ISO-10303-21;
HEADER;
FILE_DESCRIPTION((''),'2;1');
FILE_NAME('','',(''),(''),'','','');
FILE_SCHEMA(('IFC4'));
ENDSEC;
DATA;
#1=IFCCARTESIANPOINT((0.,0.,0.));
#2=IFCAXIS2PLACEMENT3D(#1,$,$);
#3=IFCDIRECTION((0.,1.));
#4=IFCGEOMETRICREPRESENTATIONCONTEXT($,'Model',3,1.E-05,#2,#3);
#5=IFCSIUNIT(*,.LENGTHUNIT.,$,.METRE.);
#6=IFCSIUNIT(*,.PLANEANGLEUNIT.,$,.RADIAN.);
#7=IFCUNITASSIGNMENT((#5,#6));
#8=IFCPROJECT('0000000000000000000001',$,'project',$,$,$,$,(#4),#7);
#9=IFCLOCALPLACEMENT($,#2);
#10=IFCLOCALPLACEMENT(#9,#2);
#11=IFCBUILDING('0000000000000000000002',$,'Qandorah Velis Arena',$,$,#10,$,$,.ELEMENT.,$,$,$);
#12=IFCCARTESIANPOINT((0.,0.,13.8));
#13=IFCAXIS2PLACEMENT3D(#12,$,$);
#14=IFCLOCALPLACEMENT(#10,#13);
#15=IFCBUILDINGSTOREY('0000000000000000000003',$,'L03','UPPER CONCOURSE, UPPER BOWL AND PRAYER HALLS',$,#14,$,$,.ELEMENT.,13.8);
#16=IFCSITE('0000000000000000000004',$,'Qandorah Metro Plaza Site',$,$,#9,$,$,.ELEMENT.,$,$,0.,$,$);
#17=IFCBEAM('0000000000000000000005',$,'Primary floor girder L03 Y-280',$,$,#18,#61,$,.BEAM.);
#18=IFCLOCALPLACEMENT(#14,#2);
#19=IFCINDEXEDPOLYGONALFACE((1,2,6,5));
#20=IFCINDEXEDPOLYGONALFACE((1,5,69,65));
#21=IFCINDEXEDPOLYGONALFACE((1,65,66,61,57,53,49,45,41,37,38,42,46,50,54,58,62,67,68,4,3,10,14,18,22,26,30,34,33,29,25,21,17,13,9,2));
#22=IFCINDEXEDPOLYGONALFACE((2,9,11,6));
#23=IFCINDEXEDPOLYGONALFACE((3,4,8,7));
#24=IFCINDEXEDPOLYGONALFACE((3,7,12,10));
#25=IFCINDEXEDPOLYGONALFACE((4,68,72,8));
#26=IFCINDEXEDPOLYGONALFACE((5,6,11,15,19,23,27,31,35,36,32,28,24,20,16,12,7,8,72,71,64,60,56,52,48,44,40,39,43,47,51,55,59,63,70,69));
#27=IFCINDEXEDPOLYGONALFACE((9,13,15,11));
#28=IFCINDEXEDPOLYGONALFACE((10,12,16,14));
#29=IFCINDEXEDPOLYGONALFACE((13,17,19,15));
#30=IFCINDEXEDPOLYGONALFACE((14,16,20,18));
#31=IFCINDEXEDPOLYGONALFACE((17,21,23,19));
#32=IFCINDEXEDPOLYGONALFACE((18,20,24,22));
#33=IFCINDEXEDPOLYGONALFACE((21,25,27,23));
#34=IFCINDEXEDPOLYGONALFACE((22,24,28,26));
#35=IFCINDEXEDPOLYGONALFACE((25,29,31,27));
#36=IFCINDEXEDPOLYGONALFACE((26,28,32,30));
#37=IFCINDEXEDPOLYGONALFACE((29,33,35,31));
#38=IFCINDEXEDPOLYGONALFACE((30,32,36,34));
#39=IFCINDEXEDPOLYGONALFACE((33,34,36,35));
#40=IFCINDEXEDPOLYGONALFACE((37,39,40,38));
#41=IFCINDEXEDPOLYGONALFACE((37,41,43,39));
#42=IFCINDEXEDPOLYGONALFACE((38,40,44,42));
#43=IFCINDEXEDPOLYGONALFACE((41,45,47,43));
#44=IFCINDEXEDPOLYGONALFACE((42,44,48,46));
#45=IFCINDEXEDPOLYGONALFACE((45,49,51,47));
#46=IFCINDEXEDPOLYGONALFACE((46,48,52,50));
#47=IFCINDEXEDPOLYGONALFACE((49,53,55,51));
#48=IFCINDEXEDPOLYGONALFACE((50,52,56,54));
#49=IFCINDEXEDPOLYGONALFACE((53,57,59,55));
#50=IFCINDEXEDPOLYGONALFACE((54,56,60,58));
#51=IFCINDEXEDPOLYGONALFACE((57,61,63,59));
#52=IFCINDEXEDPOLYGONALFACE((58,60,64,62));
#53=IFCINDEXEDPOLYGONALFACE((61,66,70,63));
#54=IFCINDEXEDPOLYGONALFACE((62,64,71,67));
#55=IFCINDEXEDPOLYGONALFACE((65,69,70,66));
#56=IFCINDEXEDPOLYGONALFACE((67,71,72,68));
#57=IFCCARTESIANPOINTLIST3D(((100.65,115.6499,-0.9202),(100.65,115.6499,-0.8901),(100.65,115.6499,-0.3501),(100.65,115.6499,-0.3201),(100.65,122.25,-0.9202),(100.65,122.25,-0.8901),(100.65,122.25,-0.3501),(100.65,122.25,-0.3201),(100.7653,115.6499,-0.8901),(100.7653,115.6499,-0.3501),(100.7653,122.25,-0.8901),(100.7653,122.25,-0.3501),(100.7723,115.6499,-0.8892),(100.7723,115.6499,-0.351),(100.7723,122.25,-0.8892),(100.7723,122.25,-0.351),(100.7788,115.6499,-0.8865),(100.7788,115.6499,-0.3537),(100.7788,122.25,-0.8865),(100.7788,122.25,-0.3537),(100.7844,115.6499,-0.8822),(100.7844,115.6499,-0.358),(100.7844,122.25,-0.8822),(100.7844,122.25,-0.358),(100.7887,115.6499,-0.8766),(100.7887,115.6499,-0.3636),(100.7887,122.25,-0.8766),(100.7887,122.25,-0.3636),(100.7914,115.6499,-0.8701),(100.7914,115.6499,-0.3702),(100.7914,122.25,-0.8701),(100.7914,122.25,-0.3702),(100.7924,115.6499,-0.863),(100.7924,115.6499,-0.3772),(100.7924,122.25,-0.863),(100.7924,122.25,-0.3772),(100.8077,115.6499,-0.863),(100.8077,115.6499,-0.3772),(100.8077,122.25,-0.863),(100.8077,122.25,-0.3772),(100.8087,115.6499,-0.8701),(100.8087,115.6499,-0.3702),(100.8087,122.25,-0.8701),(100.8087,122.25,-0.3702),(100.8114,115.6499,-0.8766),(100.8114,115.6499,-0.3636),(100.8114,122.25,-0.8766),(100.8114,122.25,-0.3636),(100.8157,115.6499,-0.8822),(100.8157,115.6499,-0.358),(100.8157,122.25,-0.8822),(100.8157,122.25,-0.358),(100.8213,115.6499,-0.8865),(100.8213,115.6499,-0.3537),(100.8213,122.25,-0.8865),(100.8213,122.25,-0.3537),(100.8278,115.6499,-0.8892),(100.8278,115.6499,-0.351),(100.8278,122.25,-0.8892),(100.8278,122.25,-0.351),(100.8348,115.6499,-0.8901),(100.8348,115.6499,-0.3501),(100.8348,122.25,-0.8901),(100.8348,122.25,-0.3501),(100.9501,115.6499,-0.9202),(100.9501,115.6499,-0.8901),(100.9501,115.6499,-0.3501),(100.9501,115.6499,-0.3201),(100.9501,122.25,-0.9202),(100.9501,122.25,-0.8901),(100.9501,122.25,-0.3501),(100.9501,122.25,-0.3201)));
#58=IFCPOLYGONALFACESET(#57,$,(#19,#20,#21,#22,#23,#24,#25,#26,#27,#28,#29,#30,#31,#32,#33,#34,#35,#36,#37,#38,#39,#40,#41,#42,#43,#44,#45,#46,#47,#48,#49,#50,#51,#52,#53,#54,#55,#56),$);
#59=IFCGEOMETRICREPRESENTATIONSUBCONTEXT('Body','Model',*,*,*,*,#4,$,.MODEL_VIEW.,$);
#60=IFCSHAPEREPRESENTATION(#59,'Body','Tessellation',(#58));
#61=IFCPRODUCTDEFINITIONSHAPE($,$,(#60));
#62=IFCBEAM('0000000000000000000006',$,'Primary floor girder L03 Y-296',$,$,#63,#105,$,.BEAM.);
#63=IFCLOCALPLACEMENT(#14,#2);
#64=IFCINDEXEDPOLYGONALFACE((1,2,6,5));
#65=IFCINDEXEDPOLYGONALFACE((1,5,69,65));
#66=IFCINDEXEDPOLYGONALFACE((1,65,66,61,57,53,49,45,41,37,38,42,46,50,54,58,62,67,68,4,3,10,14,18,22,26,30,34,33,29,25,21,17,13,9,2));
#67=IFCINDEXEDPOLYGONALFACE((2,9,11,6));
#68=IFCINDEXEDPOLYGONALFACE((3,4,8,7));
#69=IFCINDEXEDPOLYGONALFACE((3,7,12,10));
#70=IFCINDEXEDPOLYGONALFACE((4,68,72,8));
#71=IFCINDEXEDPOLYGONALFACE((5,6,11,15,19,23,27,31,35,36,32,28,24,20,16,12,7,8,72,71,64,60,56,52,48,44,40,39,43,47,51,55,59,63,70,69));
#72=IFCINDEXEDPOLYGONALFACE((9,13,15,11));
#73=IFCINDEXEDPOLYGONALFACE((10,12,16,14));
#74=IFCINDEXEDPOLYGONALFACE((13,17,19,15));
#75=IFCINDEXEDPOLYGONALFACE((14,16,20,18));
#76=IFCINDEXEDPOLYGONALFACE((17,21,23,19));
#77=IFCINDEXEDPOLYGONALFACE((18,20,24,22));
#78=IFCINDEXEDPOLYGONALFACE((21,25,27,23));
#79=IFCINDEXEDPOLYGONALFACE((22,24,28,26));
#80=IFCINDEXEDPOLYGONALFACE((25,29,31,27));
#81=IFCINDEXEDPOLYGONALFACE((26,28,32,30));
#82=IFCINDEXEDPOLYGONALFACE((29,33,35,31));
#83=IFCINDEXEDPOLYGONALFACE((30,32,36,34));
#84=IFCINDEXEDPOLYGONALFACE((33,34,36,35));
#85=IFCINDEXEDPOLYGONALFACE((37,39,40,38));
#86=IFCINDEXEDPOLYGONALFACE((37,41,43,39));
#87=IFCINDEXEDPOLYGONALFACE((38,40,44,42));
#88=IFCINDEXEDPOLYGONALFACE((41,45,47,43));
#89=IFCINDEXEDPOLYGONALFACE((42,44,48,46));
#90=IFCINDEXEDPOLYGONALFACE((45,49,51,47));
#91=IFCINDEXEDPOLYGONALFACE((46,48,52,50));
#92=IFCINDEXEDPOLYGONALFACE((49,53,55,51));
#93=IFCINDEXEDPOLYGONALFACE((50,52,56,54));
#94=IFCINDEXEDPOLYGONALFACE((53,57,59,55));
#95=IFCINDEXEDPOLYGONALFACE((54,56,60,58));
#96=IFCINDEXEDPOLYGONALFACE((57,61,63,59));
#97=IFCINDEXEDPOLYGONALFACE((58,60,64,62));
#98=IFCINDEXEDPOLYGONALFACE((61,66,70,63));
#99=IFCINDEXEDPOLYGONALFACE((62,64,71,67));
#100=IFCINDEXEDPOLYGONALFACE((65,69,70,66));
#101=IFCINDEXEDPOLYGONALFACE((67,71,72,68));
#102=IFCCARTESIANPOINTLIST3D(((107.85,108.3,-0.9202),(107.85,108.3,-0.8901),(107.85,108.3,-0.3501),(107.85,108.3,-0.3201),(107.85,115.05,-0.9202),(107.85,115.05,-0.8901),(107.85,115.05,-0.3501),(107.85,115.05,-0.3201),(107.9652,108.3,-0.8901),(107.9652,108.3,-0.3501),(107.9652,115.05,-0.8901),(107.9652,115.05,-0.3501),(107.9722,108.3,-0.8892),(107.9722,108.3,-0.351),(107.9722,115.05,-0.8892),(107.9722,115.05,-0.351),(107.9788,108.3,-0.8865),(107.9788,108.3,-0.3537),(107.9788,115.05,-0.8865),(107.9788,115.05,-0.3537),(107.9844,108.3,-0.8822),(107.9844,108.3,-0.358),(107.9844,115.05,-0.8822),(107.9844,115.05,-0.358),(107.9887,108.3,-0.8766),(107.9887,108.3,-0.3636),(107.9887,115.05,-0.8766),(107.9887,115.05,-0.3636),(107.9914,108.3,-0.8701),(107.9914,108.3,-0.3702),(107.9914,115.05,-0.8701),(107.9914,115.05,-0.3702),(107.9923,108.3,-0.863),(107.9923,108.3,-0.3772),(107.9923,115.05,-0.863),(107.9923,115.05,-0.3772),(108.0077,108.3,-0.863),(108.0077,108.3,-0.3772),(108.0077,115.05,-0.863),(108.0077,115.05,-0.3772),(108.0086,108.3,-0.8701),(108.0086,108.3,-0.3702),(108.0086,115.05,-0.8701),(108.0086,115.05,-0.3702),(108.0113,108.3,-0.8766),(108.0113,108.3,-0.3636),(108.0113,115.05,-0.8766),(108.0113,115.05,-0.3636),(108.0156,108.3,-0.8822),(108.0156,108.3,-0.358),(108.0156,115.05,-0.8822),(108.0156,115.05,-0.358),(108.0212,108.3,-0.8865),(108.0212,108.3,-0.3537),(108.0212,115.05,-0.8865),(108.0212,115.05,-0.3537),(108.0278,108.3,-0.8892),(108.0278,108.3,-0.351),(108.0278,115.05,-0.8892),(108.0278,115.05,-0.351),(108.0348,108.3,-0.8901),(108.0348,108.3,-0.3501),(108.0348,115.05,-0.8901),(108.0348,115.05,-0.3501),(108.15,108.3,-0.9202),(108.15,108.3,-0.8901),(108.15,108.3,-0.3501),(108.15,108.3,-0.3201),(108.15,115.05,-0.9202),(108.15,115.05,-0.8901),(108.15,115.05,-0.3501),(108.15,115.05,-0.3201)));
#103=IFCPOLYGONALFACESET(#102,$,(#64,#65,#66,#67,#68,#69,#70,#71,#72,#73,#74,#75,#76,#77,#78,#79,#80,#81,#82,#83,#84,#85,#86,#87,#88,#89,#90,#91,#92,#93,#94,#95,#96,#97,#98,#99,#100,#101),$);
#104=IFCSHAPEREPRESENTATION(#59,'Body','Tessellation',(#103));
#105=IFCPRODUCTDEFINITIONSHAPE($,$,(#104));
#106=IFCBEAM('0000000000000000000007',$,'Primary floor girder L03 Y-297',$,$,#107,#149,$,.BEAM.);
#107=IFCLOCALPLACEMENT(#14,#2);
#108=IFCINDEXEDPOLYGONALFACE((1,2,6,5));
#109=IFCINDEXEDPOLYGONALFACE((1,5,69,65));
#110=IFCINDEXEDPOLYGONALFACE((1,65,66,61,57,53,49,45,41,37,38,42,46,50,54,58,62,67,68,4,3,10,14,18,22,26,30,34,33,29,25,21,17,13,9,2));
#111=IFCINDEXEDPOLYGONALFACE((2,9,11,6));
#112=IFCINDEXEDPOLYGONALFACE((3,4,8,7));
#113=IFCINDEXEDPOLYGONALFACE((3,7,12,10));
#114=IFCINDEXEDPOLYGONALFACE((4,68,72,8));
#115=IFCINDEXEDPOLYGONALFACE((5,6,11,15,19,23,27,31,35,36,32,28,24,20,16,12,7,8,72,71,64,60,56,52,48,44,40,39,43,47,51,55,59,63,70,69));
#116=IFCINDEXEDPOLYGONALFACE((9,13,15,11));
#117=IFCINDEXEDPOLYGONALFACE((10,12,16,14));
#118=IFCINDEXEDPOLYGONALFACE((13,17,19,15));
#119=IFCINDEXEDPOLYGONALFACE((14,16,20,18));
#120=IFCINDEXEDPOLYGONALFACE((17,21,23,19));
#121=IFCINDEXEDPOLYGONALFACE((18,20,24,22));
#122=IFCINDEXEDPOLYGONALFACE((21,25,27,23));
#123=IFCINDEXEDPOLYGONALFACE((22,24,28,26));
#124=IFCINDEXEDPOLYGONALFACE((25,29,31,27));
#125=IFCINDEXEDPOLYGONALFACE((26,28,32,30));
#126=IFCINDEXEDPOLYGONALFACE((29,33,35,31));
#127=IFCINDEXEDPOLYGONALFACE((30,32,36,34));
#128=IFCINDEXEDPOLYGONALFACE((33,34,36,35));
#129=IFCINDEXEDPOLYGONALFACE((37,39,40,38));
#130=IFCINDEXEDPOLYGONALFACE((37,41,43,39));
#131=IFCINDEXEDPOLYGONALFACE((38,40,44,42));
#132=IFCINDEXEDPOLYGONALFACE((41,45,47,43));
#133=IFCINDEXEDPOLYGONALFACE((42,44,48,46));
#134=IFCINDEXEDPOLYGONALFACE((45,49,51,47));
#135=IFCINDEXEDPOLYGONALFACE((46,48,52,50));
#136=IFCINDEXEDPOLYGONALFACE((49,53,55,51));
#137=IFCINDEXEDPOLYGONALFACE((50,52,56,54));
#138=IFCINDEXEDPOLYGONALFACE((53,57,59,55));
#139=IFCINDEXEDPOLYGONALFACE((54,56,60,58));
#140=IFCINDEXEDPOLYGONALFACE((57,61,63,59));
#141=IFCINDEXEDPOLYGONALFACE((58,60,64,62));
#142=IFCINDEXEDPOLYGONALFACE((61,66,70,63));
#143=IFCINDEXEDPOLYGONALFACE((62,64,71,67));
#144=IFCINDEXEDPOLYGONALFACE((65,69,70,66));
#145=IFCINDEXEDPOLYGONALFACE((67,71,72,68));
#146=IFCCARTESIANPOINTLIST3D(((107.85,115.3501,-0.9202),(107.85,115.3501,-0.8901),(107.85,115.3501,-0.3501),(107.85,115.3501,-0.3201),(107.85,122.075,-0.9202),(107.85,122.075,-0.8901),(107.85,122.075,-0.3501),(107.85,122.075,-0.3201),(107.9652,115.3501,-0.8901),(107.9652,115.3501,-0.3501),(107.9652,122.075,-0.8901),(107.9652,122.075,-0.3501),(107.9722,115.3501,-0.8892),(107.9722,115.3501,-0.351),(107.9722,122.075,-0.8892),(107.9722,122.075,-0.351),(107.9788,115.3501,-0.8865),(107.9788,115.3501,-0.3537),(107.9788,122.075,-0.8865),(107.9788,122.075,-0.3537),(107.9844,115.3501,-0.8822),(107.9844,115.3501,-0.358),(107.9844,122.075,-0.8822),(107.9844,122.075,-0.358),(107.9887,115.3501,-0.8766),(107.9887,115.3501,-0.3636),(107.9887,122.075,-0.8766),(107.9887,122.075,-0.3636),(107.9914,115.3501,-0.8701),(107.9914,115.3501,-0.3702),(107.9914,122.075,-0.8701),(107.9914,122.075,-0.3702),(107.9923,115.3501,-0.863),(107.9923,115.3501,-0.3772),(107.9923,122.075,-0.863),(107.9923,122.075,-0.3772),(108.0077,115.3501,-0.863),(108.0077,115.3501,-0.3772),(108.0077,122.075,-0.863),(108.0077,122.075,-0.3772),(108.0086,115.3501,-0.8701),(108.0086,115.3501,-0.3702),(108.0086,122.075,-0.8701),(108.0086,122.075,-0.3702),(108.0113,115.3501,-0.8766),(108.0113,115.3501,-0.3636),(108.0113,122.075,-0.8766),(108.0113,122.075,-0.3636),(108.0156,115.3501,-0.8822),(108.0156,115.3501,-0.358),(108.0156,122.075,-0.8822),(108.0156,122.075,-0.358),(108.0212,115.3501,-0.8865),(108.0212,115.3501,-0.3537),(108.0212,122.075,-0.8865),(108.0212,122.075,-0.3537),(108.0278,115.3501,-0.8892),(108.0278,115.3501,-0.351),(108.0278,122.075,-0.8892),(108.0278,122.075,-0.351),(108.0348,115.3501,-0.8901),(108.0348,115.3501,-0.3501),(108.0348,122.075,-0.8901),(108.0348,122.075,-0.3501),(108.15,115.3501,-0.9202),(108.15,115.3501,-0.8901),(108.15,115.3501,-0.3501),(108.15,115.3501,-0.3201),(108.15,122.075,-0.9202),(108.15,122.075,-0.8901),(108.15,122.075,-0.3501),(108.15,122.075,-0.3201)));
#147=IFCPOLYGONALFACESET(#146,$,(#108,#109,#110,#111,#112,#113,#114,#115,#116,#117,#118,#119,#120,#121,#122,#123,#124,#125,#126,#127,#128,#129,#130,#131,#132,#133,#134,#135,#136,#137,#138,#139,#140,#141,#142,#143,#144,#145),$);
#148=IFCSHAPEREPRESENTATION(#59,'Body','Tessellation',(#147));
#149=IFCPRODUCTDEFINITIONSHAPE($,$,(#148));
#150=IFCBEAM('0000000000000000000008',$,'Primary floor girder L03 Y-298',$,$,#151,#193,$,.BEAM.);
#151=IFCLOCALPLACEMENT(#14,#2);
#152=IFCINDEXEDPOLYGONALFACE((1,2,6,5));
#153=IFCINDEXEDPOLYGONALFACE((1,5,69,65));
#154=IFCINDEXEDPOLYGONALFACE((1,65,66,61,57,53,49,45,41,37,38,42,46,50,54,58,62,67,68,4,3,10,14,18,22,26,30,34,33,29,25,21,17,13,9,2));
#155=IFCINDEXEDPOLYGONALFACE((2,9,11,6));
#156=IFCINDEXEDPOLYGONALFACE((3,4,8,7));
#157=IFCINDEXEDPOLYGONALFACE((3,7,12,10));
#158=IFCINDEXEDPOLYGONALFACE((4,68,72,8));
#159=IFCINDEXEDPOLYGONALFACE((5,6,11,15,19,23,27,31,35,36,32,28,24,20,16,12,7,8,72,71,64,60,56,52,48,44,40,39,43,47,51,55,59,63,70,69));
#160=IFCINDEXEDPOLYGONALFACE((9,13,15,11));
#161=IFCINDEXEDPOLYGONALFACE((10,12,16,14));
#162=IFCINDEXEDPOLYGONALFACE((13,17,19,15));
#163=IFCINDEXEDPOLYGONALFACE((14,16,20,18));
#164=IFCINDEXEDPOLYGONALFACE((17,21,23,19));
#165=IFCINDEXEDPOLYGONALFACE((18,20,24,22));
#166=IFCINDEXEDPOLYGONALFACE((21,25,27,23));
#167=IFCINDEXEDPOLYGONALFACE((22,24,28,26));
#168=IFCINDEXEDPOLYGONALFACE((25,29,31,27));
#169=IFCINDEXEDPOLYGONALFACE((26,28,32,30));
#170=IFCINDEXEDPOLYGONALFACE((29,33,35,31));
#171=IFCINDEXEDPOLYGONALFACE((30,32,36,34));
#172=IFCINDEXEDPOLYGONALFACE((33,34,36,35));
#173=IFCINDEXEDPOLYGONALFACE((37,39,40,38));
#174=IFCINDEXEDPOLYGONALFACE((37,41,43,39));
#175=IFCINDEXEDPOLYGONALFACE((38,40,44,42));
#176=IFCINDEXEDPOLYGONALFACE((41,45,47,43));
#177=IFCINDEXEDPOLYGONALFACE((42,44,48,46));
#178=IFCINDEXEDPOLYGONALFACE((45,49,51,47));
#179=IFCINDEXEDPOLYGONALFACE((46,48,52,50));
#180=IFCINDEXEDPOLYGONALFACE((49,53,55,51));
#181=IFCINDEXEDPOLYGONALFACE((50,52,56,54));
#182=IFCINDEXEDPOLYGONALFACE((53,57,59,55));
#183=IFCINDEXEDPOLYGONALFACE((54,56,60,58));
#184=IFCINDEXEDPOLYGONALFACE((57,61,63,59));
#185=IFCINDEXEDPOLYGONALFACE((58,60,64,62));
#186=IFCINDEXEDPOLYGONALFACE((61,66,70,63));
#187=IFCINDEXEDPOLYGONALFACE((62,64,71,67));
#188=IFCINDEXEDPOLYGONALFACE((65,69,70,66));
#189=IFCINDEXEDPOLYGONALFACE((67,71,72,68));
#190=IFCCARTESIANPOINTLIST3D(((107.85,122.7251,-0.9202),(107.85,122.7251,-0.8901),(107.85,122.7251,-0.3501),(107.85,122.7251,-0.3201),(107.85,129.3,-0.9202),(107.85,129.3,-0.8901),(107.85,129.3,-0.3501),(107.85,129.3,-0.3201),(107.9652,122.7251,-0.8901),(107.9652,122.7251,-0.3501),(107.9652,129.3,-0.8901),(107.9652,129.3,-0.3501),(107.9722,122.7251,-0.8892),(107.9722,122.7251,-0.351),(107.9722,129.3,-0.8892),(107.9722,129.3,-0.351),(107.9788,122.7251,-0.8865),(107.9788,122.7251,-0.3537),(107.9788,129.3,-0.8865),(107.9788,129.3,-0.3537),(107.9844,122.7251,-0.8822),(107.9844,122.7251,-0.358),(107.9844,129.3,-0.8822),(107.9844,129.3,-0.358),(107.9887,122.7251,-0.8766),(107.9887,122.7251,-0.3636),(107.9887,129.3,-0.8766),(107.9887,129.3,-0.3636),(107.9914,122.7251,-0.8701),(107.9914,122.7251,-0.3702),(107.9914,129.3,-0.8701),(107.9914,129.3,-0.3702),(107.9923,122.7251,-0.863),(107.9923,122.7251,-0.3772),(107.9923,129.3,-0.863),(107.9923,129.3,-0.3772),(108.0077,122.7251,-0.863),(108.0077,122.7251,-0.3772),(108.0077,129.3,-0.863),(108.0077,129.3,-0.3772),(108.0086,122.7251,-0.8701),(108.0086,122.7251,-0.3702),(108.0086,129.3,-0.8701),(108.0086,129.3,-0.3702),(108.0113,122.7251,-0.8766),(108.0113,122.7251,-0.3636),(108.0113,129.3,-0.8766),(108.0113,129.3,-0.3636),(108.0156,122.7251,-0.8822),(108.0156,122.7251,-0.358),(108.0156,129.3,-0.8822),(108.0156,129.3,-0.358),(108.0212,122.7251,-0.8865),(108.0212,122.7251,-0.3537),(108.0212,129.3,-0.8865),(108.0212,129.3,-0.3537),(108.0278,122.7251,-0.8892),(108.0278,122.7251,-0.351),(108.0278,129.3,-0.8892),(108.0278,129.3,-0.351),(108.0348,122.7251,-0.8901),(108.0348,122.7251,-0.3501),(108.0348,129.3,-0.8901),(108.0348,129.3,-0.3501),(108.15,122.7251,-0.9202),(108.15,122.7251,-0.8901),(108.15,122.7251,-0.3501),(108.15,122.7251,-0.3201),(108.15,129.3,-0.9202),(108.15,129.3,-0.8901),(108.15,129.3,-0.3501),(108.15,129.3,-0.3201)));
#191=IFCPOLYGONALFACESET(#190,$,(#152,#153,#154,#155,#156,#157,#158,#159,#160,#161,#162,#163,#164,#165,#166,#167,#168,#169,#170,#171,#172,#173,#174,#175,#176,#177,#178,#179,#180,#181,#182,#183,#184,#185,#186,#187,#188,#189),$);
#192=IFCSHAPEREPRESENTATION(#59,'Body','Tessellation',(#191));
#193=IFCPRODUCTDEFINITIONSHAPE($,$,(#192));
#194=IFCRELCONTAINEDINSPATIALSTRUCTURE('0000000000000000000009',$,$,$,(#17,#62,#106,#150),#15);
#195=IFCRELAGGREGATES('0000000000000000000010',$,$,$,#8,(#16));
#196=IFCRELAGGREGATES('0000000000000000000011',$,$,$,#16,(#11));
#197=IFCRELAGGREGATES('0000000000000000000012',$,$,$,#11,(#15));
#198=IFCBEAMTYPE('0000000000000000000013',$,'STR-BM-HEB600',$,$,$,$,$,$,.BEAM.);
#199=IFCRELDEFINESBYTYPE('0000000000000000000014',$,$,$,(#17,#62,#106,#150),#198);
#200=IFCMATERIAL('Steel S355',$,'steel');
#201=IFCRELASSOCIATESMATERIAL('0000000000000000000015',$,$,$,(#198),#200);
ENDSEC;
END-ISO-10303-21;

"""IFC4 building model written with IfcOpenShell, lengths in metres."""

from ifc_helpers import new_model, si_unit, direction, frame, origin, origin_2d, place, context, subcontext, project, spatial, i_section, extrude, material, material_profile, profile_set, type_object, element, save


model = new_model("IFC4")

# Units and contexts
model_context = context("Model", 3, precision=1e-05, world=origin(), true_north=direction((0.0, 1.0)))
body_context = subcontext(model_context, "Body", "Model", "MODEL_VIEW")
ifc_project = project(units=[si_unit("LENGTHUNIT", "METRE"), si_unit("PLANEANGLEUNIT", "RADIAN")], contexts=[model_context])

# Site, building, storey
site_placement = place(None, origin())
site = spatial("IfcSite", under=ifc_project, at=site_placement, Name="Qandorah Metro Plaza Site", CompositionType="ELEMENT", RefElevation=0.0)
building_placement = place(site_placement, origin())
building = spatial("IfcBuilding", under=site, at=building_placement, Name="Qandorah Velis Arena", CompositionType="ELEMENT")
storey_placement = place(building_placement, frame((0.0, 0.0, 13.8)))
storey = spatial("IfcBuildingStorey", under=building, at=storey_placement, Name="L03", Description="UPPER CONCOURSE, UPPER BOWL AND PRAYER HALLS", CompositionType="ELEMENT", Elevation=13.8)

# Beams
ifc_material_1 = material(Name="Steel S355", Category="steel")
ifc_material_profile_1 = material_profile(ifc_material_1, i_section(OverallWidth=0.3, OverallDepth=0.6001, WebThickness=0.0154, FlangeThickness=0.03, FilletRadius=0.0271, at=origin_2d()), Name="HEB 600")
ifc_profile_set_1 = profile_set([ifc_material_profile_1], Name="Steel S355")
beam_type_1 = type_object("IfcBeamType", Name="STR-BM-HEB600", PredefinedType="BEAM", material=ifc_profile_set_1)
beam_1_placement = place(storey_placement, frame((100.8, 115.6499, -0.6201), z_axis=(0.0, 1.0, 0.0), x_axis=(-1.0, 0.0, 0.0)))
element("IfcBeam", 1, at=beam_1_placement, inside=storey, type_object=beam_type_1, Name="Primary floor girder L03 Y-280", PredefinedType="BEAM", context=body_context, shape_type="SweptSolid", body=[
    extrude(i_section(OverallWidth=0.3, OverallDepth=0.6001, WebThickness=0.0154, FlangeThickness=0.03, FilletRadius=0.0271, at=origin_2d()), origin(), (0.0, 0.0, 1.0), 6.6001),
])
beam_2_placement = place(storey_placement, frame((108.0, 108.3, -0.6201), z_axis=(0.0, 1.0, 0.0), x_axis=(-1.0, 0.0, 0.0)))
element("IfcBeam", 2, at=beam_2_placement, inside=storey, type_object=beam_type_1, Name="Primary floor girder L03 Y-296", PredefinedType="BEAM", context=body_context, shape_type="SweptSolid", body=[
    extrude(i_section(OverallWidth=0.3, OverallDepth=0.6001, WebThickness=0.0154, FlangeThickness=0.03, FilletRadius=0.0271, at=origin_2d()), origin(), (0.0, 0.0, 1.0), 6.75),
])
beam_3_placement = place(storey_placement, frame((108.0, 115.3501, -0.6201), z_axis=(0.0, 1.0, 0.0), x_axis=(-1.0, 0.0, 0.0)))
element("IfcBeam", 3, at=beam_3_placement, inside=storey, type_object=beam_type_1, Name="Primary floor girder L03 Y-297", PredefinedType="BEAM", context=body_context, shape_type="SweptSolid", body=[
    extrude(i_section(OverallWidth=0.3, OverallDepth=0.6001, WebThickness=0.0154, FlangeThickness=0.03, FilletRadius=0.0271, at=origin_2d()), origin(), (0.0, 0.0, 1.0), 6.7249),
])
beam_4_placement = place(storey_placement, frame((108.0, 122.7251, -0.6201), z_axis=(0.0, 1.0, 0.0), x_axis=(-1.0, 0.0, 0.0)))
element("IfcBeam", 4, at=beam_4_placement, inside=storey, type_object=beam_type_1, Name="Primary floor girder L03 Y-298", PredefinedType="BEAM", context=body_context, shape_type="SweptSolid", body=[
    extrude(i_section(OverallWidth=0.3, OverallDepth=0.6001, WebThickness=0.0154, FlangeThickness=0.03, FilletRadius=0.0271, at=origin_2d()), origin(), (0.0, 0.0, 1.0), 6.575),
])

save(model, "model.ifc")
